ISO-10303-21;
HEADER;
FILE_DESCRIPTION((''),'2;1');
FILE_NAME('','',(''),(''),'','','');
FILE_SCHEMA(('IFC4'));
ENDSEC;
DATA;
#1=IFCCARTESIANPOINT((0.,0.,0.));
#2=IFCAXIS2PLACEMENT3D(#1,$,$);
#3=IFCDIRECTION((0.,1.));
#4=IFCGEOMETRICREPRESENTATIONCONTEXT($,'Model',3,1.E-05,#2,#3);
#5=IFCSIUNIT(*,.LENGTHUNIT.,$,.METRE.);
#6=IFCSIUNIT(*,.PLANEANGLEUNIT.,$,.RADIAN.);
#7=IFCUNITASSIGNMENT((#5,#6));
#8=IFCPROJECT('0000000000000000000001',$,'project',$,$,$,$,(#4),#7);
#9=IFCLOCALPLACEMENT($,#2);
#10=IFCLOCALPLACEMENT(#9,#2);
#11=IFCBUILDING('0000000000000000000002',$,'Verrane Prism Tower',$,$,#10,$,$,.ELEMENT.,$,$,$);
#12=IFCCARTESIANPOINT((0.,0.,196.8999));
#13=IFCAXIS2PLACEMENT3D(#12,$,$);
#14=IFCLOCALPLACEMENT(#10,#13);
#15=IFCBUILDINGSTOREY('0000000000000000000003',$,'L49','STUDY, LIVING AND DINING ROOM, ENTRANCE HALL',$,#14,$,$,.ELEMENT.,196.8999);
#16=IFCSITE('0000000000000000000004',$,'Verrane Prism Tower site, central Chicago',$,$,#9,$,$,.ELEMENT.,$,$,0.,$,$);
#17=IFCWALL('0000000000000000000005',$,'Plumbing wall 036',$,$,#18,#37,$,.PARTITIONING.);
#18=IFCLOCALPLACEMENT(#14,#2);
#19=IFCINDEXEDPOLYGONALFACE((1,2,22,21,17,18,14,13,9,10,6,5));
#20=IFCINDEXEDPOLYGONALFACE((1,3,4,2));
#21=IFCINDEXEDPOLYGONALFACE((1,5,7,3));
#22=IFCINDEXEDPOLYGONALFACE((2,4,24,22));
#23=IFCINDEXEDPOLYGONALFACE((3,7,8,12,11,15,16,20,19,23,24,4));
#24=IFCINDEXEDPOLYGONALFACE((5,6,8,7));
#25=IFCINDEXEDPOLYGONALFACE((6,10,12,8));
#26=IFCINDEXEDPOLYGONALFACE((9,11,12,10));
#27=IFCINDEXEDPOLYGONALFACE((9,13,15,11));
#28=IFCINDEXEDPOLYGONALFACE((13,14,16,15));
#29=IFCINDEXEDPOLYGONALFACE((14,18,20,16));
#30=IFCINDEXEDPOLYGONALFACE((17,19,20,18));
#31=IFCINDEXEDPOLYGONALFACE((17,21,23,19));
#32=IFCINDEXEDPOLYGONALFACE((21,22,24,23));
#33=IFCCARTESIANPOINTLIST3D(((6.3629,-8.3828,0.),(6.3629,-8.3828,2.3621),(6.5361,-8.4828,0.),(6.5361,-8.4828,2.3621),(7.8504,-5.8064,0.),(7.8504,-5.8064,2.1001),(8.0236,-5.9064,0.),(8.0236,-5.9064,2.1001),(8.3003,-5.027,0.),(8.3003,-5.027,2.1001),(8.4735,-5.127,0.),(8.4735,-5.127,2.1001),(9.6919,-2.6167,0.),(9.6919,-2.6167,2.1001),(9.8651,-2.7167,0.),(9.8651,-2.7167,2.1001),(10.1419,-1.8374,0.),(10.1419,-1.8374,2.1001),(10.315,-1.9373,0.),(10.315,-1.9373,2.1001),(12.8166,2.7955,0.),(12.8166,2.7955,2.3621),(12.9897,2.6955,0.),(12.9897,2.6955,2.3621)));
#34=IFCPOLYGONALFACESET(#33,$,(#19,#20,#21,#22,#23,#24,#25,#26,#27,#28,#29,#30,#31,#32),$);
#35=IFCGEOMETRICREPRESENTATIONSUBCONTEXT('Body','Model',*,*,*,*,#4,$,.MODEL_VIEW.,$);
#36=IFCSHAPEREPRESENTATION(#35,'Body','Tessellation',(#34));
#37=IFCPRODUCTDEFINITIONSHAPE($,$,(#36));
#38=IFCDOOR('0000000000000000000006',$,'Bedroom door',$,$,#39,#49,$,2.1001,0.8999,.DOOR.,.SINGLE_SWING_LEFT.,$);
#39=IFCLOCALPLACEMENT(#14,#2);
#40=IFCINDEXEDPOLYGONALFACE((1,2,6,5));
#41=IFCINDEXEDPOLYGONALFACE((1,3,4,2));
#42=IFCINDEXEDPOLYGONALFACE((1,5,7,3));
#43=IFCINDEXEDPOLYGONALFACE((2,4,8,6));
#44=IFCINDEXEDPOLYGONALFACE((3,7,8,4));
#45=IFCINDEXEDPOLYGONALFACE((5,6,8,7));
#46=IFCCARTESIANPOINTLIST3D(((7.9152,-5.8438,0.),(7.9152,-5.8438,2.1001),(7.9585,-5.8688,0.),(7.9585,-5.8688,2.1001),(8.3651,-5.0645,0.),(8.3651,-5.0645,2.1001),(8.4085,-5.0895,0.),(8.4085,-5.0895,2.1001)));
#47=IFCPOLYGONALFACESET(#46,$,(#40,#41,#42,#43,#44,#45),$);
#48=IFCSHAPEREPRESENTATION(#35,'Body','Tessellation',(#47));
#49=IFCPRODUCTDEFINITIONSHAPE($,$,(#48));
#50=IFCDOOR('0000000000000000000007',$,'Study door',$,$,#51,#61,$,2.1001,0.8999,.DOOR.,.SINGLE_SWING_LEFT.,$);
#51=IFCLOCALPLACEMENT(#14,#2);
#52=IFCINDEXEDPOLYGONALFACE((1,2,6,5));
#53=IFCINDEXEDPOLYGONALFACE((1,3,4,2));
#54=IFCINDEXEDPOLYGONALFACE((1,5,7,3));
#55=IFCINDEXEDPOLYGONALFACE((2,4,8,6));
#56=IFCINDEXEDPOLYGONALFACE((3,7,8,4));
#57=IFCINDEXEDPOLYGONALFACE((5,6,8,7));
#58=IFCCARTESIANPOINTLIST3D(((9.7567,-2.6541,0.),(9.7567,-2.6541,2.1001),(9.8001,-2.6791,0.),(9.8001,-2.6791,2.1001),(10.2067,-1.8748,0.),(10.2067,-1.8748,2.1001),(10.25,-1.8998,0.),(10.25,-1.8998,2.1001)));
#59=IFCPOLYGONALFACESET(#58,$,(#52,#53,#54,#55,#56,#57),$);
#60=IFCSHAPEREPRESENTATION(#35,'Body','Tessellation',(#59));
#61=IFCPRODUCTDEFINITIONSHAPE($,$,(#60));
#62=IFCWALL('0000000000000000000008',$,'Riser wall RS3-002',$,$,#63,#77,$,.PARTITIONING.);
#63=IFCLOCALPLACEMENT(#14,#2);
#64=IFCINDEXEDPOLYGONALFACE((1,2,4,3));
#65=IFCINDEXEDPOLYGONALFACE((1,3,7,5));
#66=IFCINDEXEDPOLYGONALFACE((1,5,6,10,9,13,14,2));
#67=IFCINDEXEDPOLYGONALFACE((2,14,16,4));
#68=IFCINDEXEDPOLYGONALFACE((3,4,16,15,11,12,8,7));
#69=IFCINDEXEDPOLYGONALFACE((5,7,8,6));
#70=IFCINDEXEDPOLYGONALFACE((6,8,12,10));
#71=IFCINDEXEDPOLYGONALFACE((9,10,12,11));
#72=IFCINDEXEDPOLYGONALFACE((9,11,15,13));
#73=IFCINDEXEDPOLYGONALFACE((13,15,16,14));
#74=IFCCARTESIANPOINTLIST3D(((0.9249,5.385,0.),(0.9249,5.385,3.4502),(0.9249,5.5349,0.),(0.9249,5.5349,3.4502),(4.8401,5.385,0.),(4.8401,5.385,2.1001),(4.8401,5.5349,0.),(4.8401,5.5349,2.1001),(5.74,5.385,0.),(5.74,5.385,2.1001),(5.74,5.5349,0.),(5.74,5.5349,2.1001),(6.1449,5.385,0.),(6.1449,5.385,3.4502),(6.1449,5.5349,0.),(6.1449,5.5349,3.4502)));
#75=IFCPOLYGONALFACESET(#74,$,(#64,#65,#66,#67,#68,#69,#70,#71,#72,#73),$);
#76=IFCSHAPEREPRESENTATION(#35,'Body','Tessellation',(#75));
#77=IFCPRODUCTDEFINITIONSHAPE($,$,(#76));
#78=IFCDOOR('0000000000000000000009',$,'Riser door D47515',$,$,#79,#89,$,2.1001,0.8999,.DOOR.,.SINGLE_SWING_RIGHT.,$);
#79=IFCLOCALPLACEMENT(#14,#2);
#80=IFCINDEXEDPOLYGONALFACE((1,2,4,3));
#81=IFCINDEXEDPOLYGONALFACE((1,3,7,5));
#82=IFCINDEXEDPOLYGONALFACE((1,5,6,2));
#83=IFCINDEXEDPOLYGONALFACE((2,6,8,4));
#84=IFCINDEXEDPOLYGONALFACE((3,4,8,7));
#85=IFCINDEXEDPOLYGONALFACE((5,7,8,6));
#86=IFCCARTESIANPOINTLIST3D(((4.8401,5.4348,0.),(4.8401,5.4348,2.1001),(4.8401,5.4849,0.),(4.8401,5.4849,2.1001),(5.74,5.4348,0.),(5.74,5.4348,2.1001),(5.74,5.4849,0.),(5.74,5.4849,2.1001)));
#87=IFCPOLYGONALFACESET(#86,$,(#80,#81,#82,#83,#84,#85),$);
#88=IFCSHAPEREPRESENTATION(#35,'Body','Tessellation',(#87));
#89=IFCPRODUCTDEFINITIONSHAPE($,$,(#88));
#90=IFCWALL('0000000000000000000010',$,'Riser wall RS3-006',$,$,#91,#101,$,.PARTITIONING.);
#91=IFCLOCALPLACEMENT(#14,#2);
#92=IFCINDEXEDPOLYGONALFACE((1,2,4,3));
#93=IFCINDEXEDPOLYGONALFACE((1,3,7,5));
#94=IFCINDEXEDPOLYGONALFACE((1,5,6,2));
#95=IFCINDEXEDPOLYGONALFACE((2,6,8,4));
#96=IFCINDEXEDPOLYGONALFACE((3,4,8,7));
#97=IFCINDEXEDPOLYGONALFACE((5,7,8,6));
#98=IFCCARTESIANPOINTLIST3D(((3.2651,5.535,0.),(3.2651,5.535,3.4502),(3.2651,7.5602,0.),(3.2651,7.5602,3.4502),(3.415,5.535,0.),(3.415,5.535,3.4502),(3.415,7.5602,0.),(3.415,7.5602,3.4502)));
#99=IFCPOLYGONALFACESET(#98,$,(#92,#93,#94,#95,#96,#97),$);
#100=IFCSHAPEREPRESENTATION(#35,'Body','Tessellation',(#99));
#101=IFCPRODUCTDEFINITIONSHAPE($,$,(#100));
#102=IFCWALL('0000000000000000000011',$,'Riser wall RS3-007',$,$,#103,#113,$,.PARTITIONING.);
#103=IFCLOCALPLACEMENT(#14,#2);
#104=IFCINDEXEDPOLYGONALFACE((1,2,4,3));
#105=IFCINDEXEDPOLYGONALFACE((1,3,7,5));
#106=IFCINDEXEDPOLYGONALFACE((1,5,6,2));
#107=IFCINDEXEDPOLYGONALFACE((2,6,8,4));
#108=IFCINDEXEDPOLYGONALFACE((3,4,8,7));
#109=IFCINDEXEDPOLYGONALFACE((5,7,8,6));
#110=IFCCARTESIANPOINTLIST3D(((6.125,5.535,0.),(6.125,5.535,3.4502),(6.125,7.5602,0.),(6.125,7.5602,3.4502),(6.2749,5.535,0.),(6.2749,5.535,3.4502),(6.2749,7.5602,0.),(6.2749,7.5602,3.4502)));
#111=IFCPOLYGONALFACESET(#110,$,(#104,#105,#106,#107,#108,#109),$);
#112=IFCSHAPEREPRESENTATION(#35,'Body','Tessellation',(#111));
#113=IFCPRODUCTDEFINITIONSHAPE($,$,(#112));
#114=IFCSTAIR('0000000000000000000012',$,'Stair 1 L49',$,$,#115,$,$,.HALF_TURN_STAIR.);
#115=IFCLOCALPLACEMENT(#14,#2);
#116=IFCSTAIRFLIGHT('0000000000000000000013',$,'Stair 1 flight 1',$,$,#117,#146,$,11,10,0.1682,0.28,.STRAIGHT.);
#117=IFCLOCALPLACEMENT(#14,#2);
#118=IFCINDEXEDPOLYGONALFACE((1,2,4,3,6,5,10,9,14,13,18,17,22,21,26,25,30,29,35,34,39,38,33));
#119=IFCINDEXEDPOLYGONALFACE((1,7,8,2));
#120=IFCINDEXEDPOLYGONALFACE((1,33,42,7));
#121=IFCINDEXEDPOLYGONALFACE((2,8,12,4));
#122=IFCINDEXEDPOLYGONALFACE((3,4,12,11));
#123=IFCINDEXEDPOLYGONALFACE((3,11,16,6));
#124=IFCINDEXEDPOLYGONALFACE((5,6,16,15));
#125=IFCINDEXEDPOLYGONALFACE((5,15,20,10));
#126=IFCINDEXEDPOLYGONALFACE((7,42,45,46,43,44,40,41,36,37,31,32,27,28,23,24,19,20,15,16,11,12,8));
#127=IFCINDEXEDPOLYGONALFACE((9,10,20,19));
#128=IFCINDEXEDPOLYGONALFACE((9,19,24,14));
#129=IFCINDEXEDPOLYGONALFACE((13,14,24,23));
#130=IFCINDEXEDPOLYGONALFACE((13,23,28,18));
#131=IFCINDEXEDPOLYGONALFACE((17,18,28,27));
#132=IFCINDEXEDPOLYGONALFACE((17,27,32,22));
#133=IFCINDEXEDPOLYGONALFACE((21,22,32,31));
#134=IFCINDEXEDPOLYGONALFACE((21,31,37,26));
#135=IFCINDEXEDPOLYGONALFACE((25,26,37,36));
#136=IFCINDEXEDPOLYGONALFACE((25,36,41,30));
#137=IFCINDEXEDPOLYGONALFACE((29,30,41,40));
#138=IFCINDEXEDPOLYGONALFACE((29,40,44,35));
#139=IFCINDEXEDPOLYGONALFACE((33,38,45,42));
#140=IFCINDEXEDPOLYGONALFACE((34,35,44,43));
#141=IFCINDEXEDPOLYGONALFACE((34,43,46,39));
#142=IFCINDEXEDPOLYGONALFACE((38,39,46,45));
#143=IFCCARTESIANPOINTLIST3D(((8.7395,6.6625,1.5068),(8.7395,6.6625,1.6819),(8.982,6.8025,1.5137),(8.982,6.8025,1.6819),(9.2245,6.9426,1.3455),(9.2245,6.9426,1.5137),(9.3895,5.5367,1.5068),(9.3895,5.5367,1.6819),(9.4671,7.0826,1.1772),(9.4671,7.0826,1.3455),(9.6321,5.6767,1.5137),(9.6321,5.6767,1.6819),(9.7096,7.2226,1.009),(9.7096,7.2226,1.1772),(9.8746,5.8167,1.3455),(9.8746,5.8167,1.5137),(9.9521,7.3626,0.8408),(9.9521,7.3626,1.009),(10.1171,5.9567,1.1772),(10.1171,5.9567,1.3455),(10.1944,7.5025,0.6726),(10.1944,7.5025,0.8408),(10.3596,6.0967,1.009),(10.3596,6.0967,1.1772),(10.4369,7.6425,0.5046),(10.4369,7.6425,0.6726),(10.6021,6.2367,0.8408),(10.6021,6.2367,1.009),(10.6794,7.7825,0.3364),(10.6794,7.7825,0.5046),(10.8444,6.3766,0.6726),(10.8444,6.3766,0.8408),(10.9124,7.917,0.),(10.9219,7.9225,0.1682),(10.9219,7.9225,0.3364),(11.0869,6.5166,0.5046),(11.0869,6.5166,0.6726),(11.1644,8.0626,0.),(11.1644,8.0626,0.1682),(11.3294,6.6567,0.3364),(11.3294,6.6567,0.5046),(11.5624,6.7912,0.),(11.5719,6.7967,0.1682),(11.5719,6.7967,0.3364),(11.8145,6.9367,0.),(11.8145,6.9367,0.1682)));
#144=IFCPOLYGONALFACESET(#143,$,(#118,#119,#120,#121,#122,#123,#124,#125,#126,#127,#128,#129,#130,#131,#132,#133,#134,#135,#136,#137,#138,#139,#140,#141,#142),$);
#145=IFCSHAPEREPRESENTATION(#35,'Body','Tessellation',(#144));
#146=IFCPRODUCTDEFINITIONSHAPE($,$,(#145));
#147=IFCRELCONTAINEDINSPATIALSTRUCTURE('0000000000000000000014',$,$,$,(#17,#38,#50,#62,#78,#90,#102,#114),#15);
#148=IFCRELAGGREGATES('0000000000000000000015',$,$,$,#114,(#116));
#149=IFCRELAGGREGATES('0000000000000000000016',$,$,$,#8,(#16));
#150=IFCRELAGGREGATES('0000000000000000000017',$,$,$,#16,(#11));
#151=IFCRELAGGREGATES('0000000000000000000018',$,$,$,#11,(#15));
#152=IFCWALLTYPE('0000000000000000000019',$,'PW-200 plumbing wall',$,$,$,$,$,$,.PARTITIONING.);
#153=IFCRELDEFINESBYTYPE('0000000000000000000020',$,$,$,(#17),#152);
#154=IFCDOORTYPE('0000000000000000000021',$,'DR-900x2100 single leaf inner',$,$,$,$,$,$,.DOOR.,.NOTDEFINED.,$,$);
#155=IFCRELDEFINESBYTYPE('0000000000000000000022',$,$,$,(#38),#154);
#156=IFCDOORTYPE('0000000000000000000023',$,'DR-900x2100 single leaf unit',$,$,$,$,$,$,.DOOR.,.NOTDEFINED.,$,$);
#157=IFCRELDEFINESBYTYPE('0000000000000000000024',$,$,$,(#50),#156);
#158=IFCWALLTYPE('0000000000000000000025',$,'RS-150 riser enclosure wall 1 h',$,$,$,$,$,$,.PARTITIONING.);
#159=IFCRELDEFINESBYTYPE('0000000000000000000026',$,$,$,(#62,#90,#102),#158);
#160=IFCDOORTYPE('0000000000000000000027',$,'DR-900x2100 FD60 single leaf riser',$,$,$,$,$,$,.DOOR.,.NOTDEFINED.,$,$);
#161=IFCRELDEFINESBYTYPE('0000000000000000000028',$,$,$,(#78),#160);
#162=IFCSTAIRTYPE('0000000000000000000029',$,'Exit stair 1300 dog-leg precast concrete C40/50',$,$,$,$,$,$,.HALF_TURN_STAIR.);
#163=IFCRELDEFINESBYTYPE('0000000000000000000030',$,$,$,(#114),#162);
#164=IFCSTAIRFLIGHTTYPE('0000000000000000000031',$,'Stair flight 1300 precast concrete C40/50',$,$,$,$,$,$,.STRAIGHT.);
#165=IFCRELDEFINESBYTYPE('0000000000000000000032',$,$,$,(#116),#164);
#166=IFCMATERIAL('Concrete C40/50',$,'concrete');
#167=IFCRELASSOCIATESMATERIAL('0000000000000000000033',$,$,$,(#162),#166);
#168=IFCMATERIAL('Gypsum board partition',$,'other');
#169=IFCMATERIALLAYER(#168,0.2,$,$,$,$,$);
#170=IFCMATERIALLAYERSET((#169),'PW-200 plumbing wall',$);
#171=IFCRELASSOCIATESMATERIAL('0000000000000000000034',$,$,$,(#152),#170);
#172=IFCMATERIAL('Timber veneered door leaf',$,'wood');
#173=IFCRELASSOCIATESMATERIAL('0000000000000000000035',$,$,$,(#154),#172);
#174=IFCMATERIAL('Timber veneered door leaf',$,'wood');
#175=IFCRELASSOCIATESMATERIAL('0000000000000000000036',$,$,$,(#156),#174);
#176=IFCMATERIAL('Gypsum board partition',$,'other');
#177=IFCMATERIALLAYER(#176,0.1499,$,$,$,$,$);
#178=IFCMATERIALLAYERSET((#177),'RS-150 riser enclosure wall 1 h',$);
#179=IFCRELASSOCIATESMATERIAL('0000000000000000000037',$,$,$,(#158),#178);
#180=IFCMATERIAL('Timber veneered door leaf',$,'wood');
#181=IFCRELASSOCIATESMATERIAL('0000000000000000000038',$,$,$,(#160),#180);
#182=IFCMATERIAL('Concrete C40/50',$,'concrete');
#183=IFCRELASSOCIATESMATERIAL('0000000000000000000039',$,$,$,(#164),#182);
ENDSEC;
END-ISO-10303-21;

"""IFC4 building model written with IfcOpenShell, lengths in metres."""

from ifc_helpers import new_model, si_unit, direction, frame, frame_2d, origin, place, context, subcontext, project, spatial, polyline, rectangle, outline, extrude, material, layer, layer_set, type_object, element, fill, aggregate, save


model = new_model("IFC4")

# Units and contexts
model_context = context("Model", 3, precision=1e-05, world=origin(), true_north=direction((0.0, 1.0)))
body_context = subcontext(model_context, "Body", "Model", "MODEL_VIEW")
ifc_project = project(units=[si_unit("LENGTHUNIT", "METRE"), si_unit("PLANEANGLEUNIT", "RADIAN")], contexts=[model_context])

# Site, building, storey
site_placement = place(None, origin())
site = spatial("IfcSite", under=ifc_project, at=site_placement, Name="Verrane Prism Tower site, central Chicago", CompositionType="ELEMENT", RefElevation=0.0)
building_placement = place(site_placement, origin())
building = spatial("IfcBuilding", under=site, at=building_placement, Name="Verrane Prism Tower", CompositionType="ELEMENT")
storey_placement = place(building_placement, frame((0.0, 0.0, 196.8999)))
storey = spatial("IfcBuildingStorey", under=building, at=storey_placement, Name="L49", Description="STUDY, LIVING AND DINING ROOM, ENTRANCE HALL", CompositionType="ELEMENT", Elevation=196.8999)

# Shared definitions
ifc_material_1 = material(Name="Concrete C40/50", Category="concrete")
stair_type = type_object("IfcStairType", Name="Exit stair 1300 dog-leg precast concrete C40/50", PredefinedType="HALF_TURN_STAIR", material=ifc_material_1)

# Wall, openings, doors
ifc_material_2 = material(Name="Gypsum board partition", Category="other")
ifc_layer_1 = layer(ifc_material_2, 0.2)
ifc_layer_set_1 = layer_set([ifc_layer_1], Name="PW-200 plumbing wall")
wall_type_1 = type_object("IfcWallType", Name="PW-200 plumbing wall", PredefinedType="PARTITIONING", material=ifc_layer_set_1)
wall_1_placement = place(storey_placement, frame((12.9031, 2.7454, 0.0), z_axis=(0.0, 0.0, 1.0), x_axis=(-0.499992, -0.86603, 0.0)))
wall_1 = element("IfcWall", 1, at=wall_1_placement, inside=storey, type_object=wall_type_1, Name="Plumbing wall 036", PredefinedType="PARTITIONING", context=body_context, shape_type="SweptSolid", body=[
    extrude(rectangle(XDim=12.9075, YDim=0.2, at=frame_2d((6.4536, 0.0))), origin(), (0.0, 0.0, 1.0), 2.3621),
])
opening_1_placement = place(wall_1_placement, frame((9.0325, 0.0, 0.0)))
opening_1 = element("IfcOpeningElement", 2, at=opening_1_placement, cuts=wall_1, PredefinedType="OPENING", context=body_context, shape_type="SweptSolid", body=[
    extrude(rectangle(XDim=0.8999, YDim=2.1001, at=frame_2d((0.45, 1.05))), frame((0.0, 0.1099, 0.0), z_axis=(0.0, -1.0, 0.0), x_axis=(1.0, 0.0, 0.0)), (0.0, 0.0, 1.0), 0.22),
])
opening_2_placement = place(wall_1_placement, frame((5.3494, 0.0, 0.0)))
opening_2 = element("IfcOpeningElement", 3, at=opening_2_placement, cuts=wall_1, PredefinedType="OPENING", context=body_context, shape_type="SweptSolid", body=[
    extrude(rectangle(XDim=0.8999, YDim=2.1001, at=frame_2d((0.45, 1.05))), frame((0.0, 0.1099, 0.0), z_axis=(0.0, -1.0, 0.0), x_axis=(1.0, 0.0, 0.0)), (0.0, 0.0, 1.0), 0.22),
])
ifc_material_3 = material(Name="Timber veneered door leaf", Category="wood")
door_type_1 = type_object("IfcDoorType", Name="DR-900x2100 single leaf inner", OperationType="NOTDEFINED", PredefinedType="DOOR", material=ifc_material_3)
door_1_placement = place(opening_1_placement, origin())
door_1 = element("IfcDoor", 4, at=door_1_placement, inside=storey, type_object=door_type_1, Name="Bedroom door", OperationType="SINGLE_SWING_LEFT", OverallHeight=2.1001, OverallWidth=0.8999, PredefinedType="DOOR", context=body_context, shape_type="SweptSolid", body=[
    extrude(rectangle(XDim=0.8999, YDim=2.1001, at=frame_2d((0.45, 1.05))), frame((0.0, 0.0249, 0.0), z_axis=(0.0, -1.0, 0.0), x_axis=(1.0, 0.0, 0.0)), (0.0, 0.0, 1.0), 0.05),
])
fill(opening_1, door_1)
ifc_material_4 = material(Name="Timber veneered door leaf", Category="wood")
door_type_2 = type_object("IfcDoorType", Name="DR-900x2100 single leaf unit", OperationType="NOTDEFINED", PredefinedType="DOOR", material=ifc_material_4)
door_2_placement = place(opening_2_placement, origin())
door_2 = element("IfcDoor", 5, at=door_2_placement, inside=storey, type_object=door_type_2, Name="Study door", OperationType="SINGLE_SWING_LEFT", OverallHeight=2.1001, OverallWidth=0.8999, PredefinedType="DOOR", context=body_context, shape_type="SweptSolid", body=[
    extrude(rectangle(XDim=0.8999, YDim=2.1001, at=frame_2d((0.45, 1.05))), frame((0.0, 0.0249, 0.0), z_axis=(0.0, -1.0, 0.0), x_axis=(1.0, 0.0, 0.0)), (0.0, 0.0, 1.0), 0.05),
])
fill(opening_2, door_2)

# Wall, opening, door
ifc_material_5 = material(Name="Gypsum board partition", Category="other")
ifc_layer_2 = layer(ifc_material_5, 0.1499)
ifc_layer_set_2 = layer_set([ifc_layer_2], Name="RS-150 riser enclosure wall 1 h")
wall_type_2 = type_object("IfcWallType", Name="RS-150 riser enclosure wall 1 h", PredefinedType="PARTITIONING", material=ifc_layer_set_2)
wall_2_placement = place(storey_placement, frame((0.925, 5.46, 0.0), z_axis=(0.0, 0.0, 1.0), x_axis=(1.0, 0.0, 0.0)))
wall_2 = element("IfcWall", 6, at=wall_2_placement, inside=storey, type_object=wall_type_2, Name="Riser wall RS3-002", PredefinedType="PARTITIONING", context=body_context, shape_type="SweptSolid", body=[
    extrude(rectangle(XDim=5.22, YDim=0.1499, at=frame_2d((2.6099, 0.0))), origin(), (0.0, 0.0, 1.0), 3.4502),
])
opening_3_placement = place(wall_2_placement, frame((3.915, 0.0, 0.0)))
opening_3 = element("IfcOpeningElement", 7, at=opening_3_placement, cuts=wall_2, PredefinedType="OPENING", context=body_context, shape_type="SweptSolid", body=[
    extrude(rectangle(XDim=0.8999, YDim=2.1001, at=frame_2d((0.45, 1.05))), frame((0.0, 0.085, 0.0), z_axis=(0.0, -1.0, 0.0), x_axis=(1.0, 0.0, 0.0)), (0.0, 0.0, 1.0), 0.1699),
])
ifc_material_6 = material(Name="Timber veneered door leaf", Category="wood")
door_type_3 = type_object("IfcDoorType", Name="DR-900x2100 FD60 single leaf riser", OperationType="NOTDEFINED", PredefinedType="DOOR", material=ifc_material_6)
door_3_placement = place(opening_3_placement, origin())
door_3 = element("IfcDoor", 8, at=door_3_placement, inside=storey, type_object=door_type_3, Name="Riser door D47515", OperationType="SINGLE_SWING_RIGHT", OverallHeight=2.1001, OverallWidth=0.8999, PredefinedType="DOOR", context=body_context, shape_type="SweptSolid", body=[
    extrude(rectangle(XDim=0.8999, YDim=2.1001, at=frame_2d((0.45, 1.05))), frame((0.0, 0.0249, 0.0), z_axis=(0.0, -1.0, 0.0), x_axis=(1.0, 0.0, 0.0)), (0.0, 0.0, 1.0), 0.05),
])
fill(opening_3, door_3)

# Walls
for number, where, z_axis, x_axis, name in (
    (9, (3.3401, 5.5349, 0.0), (0.0, 0.0, 1.0), (0.0, 1.0, 0.0), "Riser wall RS3-006"),
    (10, (6.2, 5.5349, 0.0), (0.0, 0.0, 1.0), (0.0, 1.0, 0.0), "Riser wall RS3-007"),
):
    element("IfcWall", number, at=place(storey_placement, frame(where, z_axis=z_axis, x_axis=x_axis)), inside=storey, type_object=wall_type_2, Name=name, PredefinedType="PARTITIONING", context=body_context, shape_type="SweptSolid", body=[
        extrude(rectangle(XDim=2.0251, YDim=0.1499, at=frame_2d((1.0127, 0.0))), origin(), (0.0, 0.0, 1.0), 3.4502),
    ])

# Stair, stair flight
stair_1_placement = place(storey_placement, origin())
stair_1 = element("IfcStair", 11, at=stair_1_placement, inside=storey, type_object=stair_type, Name="Stair 1 L49", PredefinedType="HALF_TURN_STAIR")
ifc_material_7 = material(Name="Concrete C40/50", Category="concrete")
stair_flight_type = type_object("IfcStairFlightType", Name="Stair flight 1300 precast concrete C40/50", PredefinedType="STRAIGHT", material=ifc_material_7)
stair_flight_1_placement = place(storey_placement, frame((11.4895, 7.4995, 0.0), z_axis=(0.0, 0.0, 1.0), x_axis=(-0.866025, -0.5, 0.0)))
stair_flight_1 = element("IfcStairFlight", 12, at=stair_flight_1_placement, type_object=stair_flight_type, Name="Stair 1 flight 1", NumberOfRisers=11, NumberOfTreads=10, PredefinedType="STRAIGHT", RiserHeight=0.1682, TreadLength=0.28, context=body_context, shape_type="SweptSolid", body=[
    extrude(outline(polyline([(0.0, 0.0), (0.0, 0.1682), (0.28, 0.1682), (0.28, 0.3364), (0.5601, 0.3364), (0.5601, 0.5046), (0.8401, 0.5046), (0.8401, 0.6726), (1.1201, 0.6726), (1.1201, 0.8408), (1.3999, 0.8408), (1.3999, 1.009), (1.6799, 1.009), (1.6799, 1.1772), (1.96, 1.1772), (1.96, 1.3455), (2.24, 1.3455), (2.24, 1.5137), (2.52, 1.5137), (2.52, 1.6819), (2.8, 1.6819), (2.8, 1.8501), (2.8, 1.5068), (0.291, 0.0), (0.0, 0.0)])), frame((0.0, 0.6499, 0.0), z_axis=(0.0, -1.0, 0.0), x_axis=(1.0, 0.0, 0.0)), (0.0, 0.0, 1.0), 1.3),
])
aggregate(stair_1, [stair_flight_1])

save(model, "model.ifc")
